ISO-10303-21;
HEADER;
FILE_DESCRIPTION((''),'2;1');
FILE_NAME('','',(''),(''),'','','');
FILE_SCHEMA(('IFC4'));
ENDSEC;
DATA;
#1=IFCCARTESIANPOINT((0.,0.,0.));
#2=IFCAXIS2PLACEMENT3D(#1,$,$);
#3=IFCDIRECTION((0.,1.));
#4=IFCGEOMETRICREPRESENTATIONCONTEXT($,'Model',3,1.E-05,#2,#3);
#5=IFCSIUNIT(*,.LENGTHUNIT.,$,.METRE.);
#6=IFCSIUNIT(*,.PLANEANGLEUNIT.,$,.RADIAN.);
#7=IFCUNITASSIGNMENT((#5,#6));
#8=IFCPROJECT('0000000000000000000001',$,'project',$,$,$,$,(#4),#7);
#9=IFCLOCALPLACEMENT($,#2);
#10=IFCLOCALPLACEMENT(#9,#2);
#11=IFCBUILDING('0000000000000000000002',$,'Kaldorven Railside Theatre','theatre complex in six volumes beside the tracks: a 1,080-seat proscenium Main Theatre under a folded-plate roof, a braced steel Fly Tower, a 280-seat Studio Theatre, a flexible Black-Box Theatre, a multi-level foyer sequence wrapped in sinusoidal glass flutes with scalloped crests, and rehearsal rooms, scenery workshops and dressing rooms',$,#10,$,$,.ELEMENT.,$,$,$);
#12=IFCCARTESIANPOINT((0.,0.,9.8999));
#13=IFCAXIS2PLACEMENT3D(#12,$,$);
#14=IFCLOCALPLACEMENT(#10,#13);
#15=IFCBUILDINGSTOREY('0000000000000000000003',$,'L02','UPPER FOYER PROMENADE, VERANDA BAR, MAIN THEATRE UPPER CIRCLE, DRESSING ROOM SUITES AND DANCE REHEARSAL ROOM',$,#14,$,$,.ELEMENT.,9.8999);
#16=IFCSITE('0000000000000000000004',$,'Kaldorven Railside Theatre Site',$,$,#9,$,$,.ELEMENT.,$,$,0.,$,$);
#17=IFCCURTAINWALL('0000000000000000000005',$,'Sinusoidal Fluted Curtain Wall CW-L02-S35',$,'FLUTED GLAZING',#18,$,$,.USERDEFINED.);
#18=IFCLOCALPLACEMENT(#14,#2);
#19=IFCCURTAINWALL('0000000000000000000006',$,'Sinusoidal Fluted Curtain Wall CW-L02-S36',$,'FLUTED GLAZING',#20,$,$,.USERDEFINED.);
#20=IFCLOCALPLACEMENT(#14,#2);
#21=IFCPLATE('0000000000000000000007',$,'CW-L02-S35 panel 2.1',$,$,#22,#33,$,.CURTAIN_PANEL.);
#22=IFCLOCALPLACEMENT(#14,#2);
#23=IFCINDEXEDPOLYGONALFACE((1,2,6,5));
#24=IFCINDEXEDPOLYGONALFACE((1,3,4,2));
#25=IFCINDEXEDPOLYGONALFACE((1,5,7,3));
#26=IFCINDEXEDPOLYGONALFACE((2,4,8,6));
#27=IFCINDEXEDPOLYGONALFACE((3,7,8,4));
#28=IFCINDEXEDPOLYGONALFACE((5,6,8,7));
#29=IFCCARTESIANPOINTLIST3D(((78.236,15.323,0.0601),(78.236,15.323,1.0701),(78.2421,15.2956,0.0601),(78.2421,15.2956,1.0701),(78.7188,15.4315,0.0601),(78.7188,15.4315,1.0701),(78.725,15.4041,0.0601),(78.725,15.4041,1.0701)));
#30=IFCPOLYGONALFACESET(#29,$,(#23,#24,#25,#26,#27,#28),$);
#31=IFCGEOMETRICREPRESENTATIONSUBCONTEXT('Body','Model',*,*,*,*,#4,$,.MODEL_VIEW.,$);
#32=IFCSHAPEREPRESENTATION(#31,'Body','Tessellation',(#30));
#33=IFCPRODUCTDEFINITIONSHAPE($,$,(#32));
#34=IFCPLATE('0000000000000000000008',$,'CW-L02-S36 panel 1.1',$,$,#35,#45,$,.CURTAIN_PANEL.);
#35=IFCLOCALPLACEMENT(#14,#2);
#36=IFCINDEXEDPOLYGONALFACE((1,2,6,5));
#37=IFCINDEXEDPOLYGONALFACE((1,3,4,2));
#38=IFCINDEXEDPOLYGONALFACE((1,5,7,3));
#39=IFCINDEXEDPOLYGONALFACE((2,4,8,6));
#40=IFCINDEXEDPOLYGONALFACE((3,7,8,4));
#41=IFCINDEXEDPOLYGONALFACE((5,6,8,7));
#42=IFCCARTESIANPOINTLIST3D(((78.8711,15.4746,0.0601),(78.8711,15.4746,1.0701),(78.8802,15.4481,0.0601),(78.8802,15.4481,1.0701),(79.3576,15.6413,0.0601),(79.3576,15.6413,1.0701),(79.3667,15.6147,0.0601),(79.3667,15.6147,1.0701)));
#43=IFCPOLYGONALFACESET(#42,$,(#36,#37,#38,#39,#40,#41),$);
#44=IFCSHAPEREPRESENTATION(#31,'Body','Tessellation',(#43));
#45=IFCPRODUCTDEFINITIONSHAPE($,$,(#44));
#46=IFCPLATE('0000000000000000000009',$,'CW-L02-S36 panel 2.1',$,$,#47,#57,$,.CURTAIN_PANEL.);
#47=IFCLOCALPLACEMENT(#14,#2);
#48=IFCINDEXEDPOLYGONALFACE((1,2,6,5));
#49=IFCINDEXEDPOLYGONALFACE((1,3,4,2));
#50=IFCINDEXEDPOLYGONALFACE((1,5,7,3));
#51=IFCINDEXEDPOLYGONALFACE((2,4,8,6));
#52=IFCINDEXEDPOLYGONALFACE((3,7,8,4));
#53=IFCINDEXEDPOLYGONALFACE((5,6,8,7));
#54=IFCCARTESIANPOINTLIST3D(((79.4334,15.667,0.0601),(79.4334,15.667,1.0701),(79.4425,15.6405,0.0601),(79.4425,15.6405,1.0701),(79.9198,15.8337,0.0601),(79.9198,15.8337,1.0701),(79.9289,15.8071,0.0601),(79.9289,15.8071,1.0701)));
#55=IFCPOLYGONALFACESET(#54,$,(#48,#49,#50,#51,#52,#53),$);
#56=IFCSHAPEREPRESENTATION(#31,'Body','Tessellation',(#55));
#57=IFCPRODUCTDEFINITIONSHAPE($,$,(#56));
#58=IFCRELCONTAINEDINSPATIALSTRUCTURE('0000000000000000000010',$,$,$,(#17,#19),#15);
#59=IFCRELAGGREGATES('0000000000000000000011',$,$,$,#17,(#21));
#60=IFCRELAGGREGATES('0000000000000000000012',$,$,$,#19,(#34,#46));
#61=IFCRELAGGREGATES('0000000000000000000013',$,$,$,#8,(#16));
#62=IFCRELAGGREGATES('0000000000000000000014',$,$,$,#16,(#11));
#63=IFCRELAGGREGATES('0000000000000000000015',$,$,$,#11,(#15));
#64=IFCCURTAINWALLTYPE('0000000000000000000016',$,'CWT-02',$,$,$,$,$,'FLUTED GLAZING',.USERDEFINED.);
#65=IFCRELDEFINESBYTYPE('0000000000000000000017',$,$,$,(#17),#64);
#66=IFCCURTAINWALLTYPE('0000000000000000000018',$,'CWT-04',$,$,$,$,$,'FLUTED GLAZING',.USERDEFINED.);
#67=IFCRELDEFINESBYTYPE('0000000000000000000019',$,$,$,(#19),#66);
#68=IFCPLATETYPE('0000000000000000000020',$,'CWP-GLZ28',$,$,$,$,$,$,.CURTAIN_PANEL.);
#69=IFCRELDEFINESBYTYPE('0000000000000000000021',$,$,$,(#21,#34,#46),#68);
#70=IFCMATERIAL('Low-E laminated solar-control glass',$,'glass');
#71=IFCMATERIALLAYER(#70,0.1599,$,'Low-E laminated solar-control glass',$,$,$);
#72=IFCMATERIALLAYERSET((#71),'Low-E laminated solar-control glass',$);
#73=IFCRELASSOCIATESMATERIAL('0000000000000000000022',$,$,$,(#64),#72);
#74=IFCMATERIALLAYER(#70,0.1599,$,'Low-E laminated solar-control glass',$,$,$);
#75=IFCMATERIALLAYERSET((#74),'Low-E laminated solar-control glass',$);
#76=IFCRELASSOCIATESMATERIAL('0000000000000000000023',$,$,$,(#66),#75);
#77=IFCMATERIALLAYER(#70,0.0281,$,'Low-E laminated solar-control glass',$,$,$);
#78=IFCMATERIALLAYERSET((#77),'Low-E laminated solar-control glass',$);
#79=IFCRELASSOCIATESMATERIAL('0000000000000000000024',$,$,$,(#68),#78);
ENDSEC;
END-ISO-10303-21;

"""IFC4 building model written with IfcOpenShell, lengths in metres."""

from ifc_helpers import new_model, si_unit, direction, frame, origin, origin_2d, place, context, subcontext, project, spatial, rectangle, extrude, material, layer, layer_set, type_object, element, aggregate, save


model = new_model("IFC4")

# Units and contexts
model_context = context("Model", 3, precision=1e-05, world=origin(), true_north=direction((0.0, 1.0)))
body_context = subcontext(model_context, "Body", "Model", "MODEL_VIEW")
ifc_project = project(units=[si_unit("LENGTHUNIT", "METRE"), si_unit("PLANEANGLEUNIT", "RADIAN")], contexts=[model_context])

# Site, building, storey
site_placement = place(None, origin())
site = spatial("IfcSite", under=ifc_project, at=site_placement, Name="Kaldorven Railside Theatre Site", CompositionType="ELEMENT", RefElevation=0.0)
building_placement = place(site_placement, origin())
building = spatial("IfcBuilding", under=site, at=building_placement, Name="Kaldorven Railside Theatre", Description="theatre complex in six volumes beside the tracks: a 1,080-seat proscenium Main Theatre under a folded-plate roof, a braced steel Fly Tower, a 280-seat Studio Theatre, a flexible Black-Box Theatre, a multi-level foyer sequence wrapped in sinusoidal glass flutes with scalloped crests, and rehearsal rooms, scenery workshops and dressing rooms", CompositionType="ELEMENT")
storey_placement = place(building_placement, frame((0.0, 0.0, 9.8999)))
storey = spatial("IfcBuildingStorey", under=building, at=storey_placement, Name="L02", Description="UPPER FOYER PROMENADE, VERANDA BAR, MAIN THEATRE UPPER CIRCLE, DRESSING ROOM SUITES AND DANCE REHEARSAL ROOM", CompositionType="ELEMENT", Elevation=9.8999)

# Shared definitions
ifc_material_1 = material(Name="Low-E laminated solar-control glass", Category="glass")

# Curtain walls
ifc_layer_1 = layer(ifc_material_1, 0.1599, Name="Low-E laminated solar-control glass")
ifc_layer_set_1 = layer_set([ifc_layer_1], Name="Low-E laminated solar-control glass")
curtain_wall_type_1 = type_object("IfcCurtainWallType", Name="CWT-02", ElementType="FLUTED GLAZING", PredefinedType="USERDEFINED", material=ifc_layer_set_1)
curtain_wall_1_placement = place(storey_placement, origin())
curtain_wall_1 = element("IfcCurtainWall", 1, at=curtain_wall_1_placement, inside=storey, type_object=curtain_wall_type_1, Name="Sinusoidal Fluted Curtain Wall CW-L02-S35", ObjectType="FLUTED GLAZING", PredefinedType="USERDEFINED")
ifc_layer_2 = layer(ifc_material_1, 0.1599, Name="Low-E laminated solar-control glass")
ifc_layer_set_2 = layer_set([ifc_layer_2], Name="Low-E laminated solar-control glass")
curtain_wall_type_2 = type_object("IfcCurtainWallType", Name="CWT-04", ElementType="FLUTED GLAZING", PredefinedType="USERDEFINED", material=ifc_layer_set_2)
curtain_wall_2_placement = place(storey_placement, origin())
curtain_wall_2 = element("IfcCurtainWall", 2, at=curtain_wall_2_placement, inside=storey, type_object=curtain_wall_type_2, Name="Sinusoidal Fluted Curtain Wall CW-L02-S36", ObjectType="FLUTED GLAZING", PredefinedType="USERDEFINED")

# Plates
ifc_layer_3 = layer(ifc_material_1, 0.0281, Name="Low-E laminated solar-control glass")
ifc_layer_set_3 = layer_set([ifc_layer_3], Name="Low-E laminated solar-control glass")
plate_type = type_object("IfcPlateType", Name="CWP-GLZ28", PredefinedType="CURTAIN_PANEL", material=ifc_layer_set_3)
plate_1_placement = place(storey_placement, frame((78.4805, 15.3635, 0.0601), z_axis=(0.0, 0.0, 1.0), x_axis=(0.975679, 0.219203, 0.0)))
plate_1 = element("IfcPlate", 3, at=plate_1_placement, type_object=plate_type, Name="CW-L02-S35 panel 2.1", PredefinedType="CURTAIN_PANEL", context=body_context, shape_type="SweptSolid", body=[
    extrude(rectangle(XDim=0.4949, YDim=0.0281, at=origin_2d()), origin(), (0.0, 0.0, 1.0), 1.01),
])
aggregate(curtain_wall_1, [plate_1])
plate_2_placement = place(storey_placement, frame((79.1189, 15.5447, 0.0601), z_axis=(0.0, 0.0, 1.0), x_axis=(0.946025, 0.324093, 0.0)))
plate_2 = element("IfcPlate", 4, at=plate_2_placement, type_object=plate_type, Name="CW-L02-S36 panel 1.1", PredefinedType="CURTAIN_PANEL", context=body_context, shape_type="SweptSolid", body=[
    extrude(rectangle(XDim=0.5142, YDim=0.0281, at=origin_2d()), origin(), (0.0, 0.0, 1.0), 1.01),
])
plate_3_placement = place(storey_placement, frame((79.6812, 15.7371, 0.0601), z_axis=(0.0, 0.0, 1.0), x_axis=(0.946025, 0.324093, 0.0)))
plate_3 = element("IfcPlate", 5, at=plate_3_placement, type_object=plate_type, Name="CW-L02-S36 panel 2.1", PredefinedType="CURTAIN_PANEL", context=body_context, shape_type="SweptSolid", body=[
    extrude(rectangle(XDim=0.5142, YDim=0.0281, at=origin_2d()), origin(), (0.0, 0.0, 1.0), 1.01),
])
aggregate(curtain_wall_2, [plate_2, plate_3])

save(model, "model.ifc")
